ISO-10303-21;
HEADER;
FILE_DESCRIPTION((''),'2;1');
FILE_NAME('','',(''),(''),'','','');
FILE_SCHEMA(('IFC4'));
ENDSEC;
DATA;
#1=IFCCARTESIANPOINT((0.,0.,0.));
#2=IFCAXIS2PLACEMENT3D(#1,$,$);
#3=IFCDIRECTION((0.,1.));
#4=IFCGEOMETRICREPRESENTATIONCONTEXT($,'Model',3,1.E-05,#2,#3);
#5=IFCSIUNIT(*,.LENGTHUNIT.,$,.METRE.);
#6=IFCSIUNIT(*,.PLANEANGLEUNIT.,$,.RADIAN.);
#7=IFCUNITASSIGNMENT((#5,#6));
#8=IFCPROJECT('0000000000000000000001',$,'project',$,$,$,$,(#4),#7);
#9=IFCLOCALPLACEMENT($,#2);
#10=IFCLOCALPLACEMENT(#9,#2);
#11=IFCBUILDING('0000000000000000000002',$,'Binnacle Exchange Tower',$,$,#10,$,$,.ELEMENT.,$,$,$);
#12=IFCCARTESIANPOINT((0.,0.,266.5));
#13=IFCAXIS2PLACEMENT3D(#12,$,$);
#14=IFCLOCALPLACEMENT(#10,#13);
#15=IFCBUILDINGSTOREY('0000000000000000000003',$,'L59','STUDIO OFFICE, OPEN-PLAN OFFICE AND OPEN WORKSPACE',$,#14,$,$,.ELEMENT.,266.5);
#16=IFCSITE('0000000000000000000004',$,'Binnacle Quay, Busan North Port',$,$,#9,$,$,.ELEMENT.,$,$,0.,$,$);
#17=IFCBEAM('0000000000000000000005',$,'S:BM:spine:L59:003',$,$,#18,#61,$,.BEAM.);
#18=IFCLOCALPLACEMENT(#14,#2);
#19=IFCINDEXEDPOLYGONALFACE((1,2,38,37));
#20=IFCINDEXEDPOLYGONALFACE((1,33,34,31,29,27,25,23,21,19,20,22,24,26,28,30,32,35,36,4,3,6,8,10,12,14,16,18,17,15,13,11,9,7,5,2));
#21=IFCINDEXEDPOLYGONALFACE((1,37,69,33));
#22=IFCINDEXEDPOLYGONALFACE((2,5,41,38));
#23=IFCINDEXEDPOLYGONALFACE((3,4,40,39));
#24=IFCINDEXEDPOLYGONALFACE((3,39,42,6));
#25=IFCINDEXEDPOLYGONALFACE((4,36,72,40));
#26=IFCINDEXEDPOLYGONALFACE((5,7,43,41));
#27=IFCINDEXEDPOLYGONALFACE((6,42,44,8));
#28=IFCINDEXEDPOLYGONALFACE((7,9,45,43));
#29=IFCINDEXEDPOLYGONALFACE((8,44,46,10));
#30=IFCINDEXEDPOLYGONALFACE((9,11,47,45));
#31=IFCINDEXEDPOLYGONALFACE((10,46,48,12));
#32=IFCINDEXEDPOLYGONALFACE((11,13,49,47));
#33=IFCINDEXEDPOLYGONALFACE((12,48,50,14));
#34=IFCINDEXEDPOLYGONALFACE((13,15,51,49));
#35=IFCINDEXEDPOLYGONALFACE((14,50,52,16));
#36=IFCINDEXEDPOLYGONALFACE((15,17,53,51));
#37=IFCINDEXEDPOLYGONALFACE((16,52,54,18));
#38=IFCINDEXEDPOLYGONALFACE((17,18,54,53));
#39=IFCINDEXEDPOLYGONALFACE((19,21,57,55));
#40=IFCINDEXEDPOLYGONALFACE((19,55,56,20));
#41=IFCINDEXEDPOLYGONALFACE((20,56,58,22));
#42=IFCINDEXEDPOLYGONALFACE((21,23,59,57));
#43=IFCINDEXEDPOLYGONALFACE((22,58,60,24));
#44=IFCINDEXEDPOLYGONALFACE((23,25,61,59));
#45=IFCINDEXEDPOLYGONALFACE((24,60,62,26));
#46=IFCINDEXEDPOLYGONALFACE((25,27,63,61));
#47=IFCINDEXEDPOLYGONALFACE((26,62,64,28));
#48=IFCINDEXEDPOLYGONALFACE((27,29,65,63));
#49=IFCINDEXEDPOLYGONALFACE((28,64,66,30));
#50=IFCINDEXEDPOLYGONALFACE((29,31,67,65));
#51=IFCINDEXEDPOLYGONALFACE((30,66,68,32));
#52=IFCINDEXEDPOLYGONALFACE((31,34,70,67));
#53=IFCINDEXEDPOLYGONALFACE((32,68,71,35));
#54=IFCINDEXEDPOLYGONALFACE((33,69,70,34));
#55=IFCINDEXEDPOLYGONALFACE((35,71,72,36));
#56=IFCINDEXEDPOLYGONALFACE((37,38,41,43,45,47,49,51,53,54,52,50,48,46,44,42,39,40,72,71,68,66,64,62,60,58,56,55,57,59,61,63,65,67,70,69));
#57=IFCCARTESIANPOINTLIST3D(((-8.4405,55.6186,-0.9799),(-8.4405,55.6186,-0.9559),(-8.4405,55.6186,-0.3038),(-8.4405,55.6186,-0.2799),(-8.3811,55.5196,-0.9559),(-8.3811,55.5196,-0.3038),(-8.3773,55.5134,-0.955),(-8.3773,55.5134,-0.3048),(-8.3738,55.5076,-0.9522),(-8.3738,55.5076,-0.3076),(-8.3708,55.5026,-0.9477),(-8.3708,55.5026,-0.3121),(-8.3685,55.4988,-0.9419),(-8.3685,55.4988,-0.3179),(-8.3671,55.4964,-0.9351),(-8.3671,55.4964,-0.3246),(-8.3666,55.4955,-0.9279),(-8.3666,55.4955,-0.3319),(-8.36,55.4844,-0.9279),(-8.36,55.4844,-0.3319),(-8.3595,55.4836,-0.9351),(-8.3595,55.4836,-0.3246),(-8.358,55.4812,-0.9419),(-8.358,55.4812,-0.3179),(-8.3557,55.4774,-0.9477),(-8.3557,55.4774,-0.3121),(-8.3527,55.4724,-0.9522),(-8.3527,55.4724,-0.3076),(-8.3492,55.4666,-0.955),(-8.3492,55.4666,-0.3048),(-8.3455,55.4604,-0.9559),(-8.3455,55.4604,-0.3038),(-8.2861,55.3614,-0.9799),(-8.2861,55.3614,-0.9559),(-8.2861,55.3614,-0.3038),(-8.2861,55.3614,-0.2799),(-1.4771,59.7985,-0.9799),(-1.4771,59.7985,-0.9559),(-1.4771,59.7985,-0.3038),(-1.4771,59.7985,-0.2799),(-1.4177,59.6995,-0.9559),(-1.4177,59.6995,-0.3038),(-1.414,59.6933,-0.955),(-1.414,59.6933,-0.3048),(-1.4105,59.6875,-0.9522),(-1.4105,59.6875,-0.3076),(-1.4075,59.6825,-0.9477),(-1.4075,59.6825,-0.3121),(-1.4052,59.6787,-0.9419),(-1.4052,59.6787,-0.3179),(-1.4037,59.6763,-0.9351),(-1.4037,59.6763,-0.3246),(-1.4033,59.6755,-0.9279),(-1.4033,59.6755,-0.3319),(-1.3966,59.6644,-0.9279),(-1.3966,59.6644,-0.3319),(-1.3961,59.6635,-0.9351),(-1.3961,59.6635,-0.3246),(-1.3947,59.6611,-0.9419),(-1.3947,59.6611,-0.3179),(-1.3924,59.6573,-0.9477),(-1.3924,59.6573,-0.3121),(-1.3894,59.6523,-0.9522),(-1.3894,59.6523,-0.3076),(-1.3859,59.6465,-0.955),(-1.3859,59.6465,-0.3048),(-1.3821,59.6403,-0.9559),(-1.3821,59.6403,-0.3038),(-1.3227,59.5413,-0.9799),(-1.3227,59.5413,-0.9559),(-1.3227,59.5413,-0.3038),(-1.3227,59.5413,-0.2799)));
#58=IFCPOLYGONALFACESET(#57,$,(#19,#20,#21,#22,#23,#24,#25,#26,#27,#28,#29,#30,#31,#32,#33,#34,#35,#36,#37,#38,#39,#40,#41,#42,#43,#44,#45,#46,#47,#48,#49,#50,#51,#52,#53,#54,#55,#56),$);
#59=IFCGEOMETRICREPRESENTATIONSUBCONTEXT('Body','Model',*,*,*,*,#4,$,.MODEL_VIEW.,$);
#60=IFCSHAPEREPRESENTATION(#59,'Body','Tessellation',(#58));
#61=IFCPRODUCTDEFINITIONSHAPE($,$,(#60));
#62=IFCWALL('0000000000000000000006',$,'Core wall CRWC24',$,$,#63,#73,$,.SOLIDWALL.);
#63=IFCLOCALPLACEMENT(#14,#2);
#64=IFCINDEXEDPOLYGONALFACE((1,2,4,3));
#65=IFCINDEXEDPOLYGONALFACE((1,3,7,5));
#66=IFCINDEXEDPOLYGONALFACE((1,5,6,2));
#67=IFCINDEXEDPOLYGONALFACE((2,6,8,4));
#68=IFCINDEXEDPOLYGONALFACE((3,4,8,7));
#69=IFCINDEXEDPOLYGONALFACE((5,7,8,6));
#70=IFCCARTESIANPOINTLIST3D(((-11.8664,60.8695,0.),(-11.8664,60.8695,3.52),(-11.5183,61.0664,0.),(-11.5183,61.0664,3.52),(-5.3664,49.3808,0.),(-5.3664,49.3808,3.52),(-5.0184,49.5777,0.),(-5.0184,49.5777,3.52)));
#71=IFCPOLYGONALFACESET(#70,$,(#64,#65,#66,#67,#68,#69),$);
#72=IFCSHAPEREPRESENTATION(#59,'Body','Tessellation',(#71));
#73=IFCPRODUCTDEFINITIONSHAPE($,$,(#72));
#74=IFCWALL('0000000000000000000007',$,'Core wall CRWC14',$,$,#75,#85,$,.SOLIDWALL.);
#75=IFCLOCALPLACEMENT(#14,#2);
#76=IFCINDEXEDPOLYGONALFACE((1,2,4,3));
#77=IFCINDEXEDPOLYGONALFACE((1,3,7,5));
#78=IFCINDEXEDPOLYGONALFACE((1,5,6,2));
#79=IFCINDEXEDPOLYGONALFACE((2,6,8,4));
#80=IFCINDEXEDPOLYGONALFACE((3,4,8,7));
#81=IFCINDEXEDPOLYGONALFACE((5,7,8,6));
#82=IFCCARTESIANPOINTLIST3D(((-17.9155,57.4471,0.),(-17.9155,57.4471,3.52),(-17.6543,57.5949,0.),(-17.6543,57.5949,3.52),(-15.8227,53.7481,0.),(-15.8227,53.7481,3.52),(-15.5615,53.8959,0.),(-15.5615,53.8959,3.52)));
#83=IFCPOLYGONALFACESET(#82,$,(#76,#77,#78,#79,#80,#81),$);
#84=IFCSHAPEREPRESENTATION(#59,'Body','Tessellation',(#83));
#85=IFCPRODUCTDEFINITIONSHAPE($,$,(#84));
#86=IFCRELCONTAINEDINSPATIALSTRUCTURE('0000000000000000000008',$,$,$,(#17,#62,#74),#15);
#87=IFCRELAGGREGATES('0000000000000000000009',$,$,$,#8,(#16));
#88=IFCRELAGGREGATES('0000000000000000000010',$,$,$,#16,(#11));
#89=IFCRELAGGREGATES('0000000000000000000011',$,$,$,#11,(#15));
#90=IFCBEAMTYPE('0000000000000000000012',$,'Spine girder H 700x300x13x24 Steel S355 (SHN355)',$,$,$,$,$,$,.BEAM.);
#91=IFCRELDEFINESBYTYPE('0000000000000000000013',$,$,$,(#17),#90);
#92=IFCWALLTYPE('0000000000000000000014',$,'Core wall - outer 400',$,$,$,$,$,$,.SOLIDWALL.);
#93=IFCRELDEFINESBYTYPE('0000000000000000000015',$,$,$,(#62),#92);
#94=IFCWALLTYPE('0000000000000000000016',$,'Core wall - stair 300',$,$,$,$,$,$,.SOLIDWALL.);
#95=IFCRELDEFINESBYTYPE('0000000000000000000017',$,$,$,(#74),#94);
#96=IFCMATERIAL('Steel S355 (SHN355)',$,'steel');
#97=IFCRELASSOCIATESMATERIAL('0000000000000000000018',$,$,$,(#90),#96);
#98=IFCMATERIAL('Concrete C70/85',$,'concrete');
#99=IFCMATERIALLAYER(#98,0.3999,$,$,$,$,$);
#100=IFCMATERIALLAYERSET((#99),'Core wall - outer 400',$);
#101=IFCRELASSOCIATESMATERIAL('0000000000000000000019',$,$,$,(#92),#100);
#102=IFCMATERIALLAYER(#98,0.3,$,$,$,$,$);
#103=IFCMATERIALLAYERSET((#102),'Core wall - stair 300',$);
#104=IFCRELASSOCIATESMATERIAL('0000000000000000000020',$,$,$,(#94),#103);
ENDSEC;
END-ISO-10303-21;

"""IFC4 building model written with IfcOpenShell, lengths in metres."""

from ifc_helpers import new_model, si_unit, direction, frame, frame_2d, origin, origin_2d, place, context, subcontext, project, spatial, rectangle, i_section, extrude, material, layer, layer_set, material_profile, profile_set, type_object, element, save


model = new_model("IFC4")

# Units and contexts
model_context = context("Model", 3, precision=1e-05, world=origin(), true_north=direction((0.0, 1.0)))
body_context = subcontext(model_context, "Body", "Model", "MODEL_VIEW")
ifc_project = project(units=[si_unit("LENGTHUNIT", "METRE"), si_unit("PLANEANGLEUNIT", "RADIAN")], contexts=[model_context])

# Site, building, storey
site_placement = place(None, origin())
site = spatial("IfcSite", under=ifc_project, at=site_placement, Name="Binnacle Quay, Busan North Port", CompositionType="ELEMENT", RefElevation=0.0)
building_placement = place(site_placement, origin())
building = spatial("IfcBuilding", under=site, at=building_placement, Name="Binnacle Exchange Tower", CompositionType="ELEMENT")
storey_placement = place(building_placement, frame((0.0, 0.0, 266.5)))
storey = spatial("IfcBuildingStorey", under=building, at=storey_placement, Name="L59", Description="STUDIO OFFICE, OPEN-PLAN OFFICE AND OPEN WORKSPACE", CompositionType="ELEMENT", Elevation=266.5)

# Beam
ifc_material_1 = material(Name="Steel S355 (SHN355)", Category="steel")
ifc_material_profile_1 = material_profile(ifc_material_1, i_section(OverallWidth=0.3, OverallDepth=0.7, WebThickness=0.0129, FlangeThickness=0.0239, FilletRadius=0.0281, at=origin_2d()), Name="H 700x300x13x24")
ifc_profile_set_1 = profile_set([ifc_material_profile_1], Name="Steel S355 (SHN355)")
beam_type_1 = type_object("IfcBeamType", Name="Spine girder H 700x300x13x24 Steel S355 (SHN355)", PredefinedType="BEAM", material=ifc_profile_set_1)
beam_1_placement = place(storey_placement, frame((-8.3633, 55.49, -0.6299), z_axis=(0.857389, 0.514668, 0.0), x_axis=(-0.514668, 0.857389, 0.0)))
element("IfcBeam", 1, at=beam_1_placement, inside=storey, type_object=beam_type_1, Name="S:BM:spine:L59:003", PredefinedType="BEAM", context=body_context, shape_type="SweptSolid", body=[
    extrude(i_section(OverallWidth=0.3, OverallDepth=0.7, WebThickness=0.0129, FlangeThickness=0.0239, FilletRadius=0.0281, at=origin_2d()), origin(), (0.0, 0.0, 1.0), 8.1216),
])

# Walls
ifc_material_2 = material(Name="Concrete C70/85", Category="concrete")
ifc_layer_1 = layer(ifc_material_2, 0.3999)
ifc_layer_set_1 = layer_set([ifc_layer_1], Name="Core wall - outer 400")
wall_type_1 = type_object("IfcWallType", Name="Core wall - outer 400", PredefinedType="SOLIDWALL", material=ifc_layer_set_1)
wall_1_placement = place(storey_placement, frame((-11.6924, 60.968, 0.0), z_axis=(0.0, 0.0, 1.0), x_axis=(0.492422, -0.870357, 0.0)))
element("IfcWall", 2, at=wall_1_placement, inside=storey, type_object=wall_type_1, Name="Core wall CRWC24", PredefinedType="SOLIDWALL", context=body_context, shape_type="SweptSolid", body=[
    extrude(rectangle(XDim=13.2, YDim=0.3999, at=frame_2d((6.6001, 0.0))), origin(), (0.0, 0.0, 1.0), 3.52),
])
ifc_layer_2 = layer(ifc_material_2, 0.3)
ifc_layer_set_2 = layer_set([ifc_layer_2], Name="Core wall - stair 300")
wall_type_2 = type_object("IfcWallType", Name="Core wall - stair 300", PredefinedType="SOLIDWALL", material=ifc_layer_set_2)
wall_2_placement = place(storey_placement, frame((-17.7849, 57.521, 0.0), z_axis=(0.0, 0.0, 1.0), x_axis=(0.492423, -0.870356, 0.0)))
element("IfcWall", 3, at=wall_2_placement, inside=storey, type_object=wall_type_2, Name="Core wall CRWC14", PredefinedType="SOLIDWALL", context=body_context, shape_type="SweptSolid", body=[
    extrude(rectangle(XDim=4.25, YDim=0.3, at=frame_2d((2.125, 0.0))), origin(), (0.0, 0.0, 1.0), 3.52),
])

save(model, "model.ifc")
